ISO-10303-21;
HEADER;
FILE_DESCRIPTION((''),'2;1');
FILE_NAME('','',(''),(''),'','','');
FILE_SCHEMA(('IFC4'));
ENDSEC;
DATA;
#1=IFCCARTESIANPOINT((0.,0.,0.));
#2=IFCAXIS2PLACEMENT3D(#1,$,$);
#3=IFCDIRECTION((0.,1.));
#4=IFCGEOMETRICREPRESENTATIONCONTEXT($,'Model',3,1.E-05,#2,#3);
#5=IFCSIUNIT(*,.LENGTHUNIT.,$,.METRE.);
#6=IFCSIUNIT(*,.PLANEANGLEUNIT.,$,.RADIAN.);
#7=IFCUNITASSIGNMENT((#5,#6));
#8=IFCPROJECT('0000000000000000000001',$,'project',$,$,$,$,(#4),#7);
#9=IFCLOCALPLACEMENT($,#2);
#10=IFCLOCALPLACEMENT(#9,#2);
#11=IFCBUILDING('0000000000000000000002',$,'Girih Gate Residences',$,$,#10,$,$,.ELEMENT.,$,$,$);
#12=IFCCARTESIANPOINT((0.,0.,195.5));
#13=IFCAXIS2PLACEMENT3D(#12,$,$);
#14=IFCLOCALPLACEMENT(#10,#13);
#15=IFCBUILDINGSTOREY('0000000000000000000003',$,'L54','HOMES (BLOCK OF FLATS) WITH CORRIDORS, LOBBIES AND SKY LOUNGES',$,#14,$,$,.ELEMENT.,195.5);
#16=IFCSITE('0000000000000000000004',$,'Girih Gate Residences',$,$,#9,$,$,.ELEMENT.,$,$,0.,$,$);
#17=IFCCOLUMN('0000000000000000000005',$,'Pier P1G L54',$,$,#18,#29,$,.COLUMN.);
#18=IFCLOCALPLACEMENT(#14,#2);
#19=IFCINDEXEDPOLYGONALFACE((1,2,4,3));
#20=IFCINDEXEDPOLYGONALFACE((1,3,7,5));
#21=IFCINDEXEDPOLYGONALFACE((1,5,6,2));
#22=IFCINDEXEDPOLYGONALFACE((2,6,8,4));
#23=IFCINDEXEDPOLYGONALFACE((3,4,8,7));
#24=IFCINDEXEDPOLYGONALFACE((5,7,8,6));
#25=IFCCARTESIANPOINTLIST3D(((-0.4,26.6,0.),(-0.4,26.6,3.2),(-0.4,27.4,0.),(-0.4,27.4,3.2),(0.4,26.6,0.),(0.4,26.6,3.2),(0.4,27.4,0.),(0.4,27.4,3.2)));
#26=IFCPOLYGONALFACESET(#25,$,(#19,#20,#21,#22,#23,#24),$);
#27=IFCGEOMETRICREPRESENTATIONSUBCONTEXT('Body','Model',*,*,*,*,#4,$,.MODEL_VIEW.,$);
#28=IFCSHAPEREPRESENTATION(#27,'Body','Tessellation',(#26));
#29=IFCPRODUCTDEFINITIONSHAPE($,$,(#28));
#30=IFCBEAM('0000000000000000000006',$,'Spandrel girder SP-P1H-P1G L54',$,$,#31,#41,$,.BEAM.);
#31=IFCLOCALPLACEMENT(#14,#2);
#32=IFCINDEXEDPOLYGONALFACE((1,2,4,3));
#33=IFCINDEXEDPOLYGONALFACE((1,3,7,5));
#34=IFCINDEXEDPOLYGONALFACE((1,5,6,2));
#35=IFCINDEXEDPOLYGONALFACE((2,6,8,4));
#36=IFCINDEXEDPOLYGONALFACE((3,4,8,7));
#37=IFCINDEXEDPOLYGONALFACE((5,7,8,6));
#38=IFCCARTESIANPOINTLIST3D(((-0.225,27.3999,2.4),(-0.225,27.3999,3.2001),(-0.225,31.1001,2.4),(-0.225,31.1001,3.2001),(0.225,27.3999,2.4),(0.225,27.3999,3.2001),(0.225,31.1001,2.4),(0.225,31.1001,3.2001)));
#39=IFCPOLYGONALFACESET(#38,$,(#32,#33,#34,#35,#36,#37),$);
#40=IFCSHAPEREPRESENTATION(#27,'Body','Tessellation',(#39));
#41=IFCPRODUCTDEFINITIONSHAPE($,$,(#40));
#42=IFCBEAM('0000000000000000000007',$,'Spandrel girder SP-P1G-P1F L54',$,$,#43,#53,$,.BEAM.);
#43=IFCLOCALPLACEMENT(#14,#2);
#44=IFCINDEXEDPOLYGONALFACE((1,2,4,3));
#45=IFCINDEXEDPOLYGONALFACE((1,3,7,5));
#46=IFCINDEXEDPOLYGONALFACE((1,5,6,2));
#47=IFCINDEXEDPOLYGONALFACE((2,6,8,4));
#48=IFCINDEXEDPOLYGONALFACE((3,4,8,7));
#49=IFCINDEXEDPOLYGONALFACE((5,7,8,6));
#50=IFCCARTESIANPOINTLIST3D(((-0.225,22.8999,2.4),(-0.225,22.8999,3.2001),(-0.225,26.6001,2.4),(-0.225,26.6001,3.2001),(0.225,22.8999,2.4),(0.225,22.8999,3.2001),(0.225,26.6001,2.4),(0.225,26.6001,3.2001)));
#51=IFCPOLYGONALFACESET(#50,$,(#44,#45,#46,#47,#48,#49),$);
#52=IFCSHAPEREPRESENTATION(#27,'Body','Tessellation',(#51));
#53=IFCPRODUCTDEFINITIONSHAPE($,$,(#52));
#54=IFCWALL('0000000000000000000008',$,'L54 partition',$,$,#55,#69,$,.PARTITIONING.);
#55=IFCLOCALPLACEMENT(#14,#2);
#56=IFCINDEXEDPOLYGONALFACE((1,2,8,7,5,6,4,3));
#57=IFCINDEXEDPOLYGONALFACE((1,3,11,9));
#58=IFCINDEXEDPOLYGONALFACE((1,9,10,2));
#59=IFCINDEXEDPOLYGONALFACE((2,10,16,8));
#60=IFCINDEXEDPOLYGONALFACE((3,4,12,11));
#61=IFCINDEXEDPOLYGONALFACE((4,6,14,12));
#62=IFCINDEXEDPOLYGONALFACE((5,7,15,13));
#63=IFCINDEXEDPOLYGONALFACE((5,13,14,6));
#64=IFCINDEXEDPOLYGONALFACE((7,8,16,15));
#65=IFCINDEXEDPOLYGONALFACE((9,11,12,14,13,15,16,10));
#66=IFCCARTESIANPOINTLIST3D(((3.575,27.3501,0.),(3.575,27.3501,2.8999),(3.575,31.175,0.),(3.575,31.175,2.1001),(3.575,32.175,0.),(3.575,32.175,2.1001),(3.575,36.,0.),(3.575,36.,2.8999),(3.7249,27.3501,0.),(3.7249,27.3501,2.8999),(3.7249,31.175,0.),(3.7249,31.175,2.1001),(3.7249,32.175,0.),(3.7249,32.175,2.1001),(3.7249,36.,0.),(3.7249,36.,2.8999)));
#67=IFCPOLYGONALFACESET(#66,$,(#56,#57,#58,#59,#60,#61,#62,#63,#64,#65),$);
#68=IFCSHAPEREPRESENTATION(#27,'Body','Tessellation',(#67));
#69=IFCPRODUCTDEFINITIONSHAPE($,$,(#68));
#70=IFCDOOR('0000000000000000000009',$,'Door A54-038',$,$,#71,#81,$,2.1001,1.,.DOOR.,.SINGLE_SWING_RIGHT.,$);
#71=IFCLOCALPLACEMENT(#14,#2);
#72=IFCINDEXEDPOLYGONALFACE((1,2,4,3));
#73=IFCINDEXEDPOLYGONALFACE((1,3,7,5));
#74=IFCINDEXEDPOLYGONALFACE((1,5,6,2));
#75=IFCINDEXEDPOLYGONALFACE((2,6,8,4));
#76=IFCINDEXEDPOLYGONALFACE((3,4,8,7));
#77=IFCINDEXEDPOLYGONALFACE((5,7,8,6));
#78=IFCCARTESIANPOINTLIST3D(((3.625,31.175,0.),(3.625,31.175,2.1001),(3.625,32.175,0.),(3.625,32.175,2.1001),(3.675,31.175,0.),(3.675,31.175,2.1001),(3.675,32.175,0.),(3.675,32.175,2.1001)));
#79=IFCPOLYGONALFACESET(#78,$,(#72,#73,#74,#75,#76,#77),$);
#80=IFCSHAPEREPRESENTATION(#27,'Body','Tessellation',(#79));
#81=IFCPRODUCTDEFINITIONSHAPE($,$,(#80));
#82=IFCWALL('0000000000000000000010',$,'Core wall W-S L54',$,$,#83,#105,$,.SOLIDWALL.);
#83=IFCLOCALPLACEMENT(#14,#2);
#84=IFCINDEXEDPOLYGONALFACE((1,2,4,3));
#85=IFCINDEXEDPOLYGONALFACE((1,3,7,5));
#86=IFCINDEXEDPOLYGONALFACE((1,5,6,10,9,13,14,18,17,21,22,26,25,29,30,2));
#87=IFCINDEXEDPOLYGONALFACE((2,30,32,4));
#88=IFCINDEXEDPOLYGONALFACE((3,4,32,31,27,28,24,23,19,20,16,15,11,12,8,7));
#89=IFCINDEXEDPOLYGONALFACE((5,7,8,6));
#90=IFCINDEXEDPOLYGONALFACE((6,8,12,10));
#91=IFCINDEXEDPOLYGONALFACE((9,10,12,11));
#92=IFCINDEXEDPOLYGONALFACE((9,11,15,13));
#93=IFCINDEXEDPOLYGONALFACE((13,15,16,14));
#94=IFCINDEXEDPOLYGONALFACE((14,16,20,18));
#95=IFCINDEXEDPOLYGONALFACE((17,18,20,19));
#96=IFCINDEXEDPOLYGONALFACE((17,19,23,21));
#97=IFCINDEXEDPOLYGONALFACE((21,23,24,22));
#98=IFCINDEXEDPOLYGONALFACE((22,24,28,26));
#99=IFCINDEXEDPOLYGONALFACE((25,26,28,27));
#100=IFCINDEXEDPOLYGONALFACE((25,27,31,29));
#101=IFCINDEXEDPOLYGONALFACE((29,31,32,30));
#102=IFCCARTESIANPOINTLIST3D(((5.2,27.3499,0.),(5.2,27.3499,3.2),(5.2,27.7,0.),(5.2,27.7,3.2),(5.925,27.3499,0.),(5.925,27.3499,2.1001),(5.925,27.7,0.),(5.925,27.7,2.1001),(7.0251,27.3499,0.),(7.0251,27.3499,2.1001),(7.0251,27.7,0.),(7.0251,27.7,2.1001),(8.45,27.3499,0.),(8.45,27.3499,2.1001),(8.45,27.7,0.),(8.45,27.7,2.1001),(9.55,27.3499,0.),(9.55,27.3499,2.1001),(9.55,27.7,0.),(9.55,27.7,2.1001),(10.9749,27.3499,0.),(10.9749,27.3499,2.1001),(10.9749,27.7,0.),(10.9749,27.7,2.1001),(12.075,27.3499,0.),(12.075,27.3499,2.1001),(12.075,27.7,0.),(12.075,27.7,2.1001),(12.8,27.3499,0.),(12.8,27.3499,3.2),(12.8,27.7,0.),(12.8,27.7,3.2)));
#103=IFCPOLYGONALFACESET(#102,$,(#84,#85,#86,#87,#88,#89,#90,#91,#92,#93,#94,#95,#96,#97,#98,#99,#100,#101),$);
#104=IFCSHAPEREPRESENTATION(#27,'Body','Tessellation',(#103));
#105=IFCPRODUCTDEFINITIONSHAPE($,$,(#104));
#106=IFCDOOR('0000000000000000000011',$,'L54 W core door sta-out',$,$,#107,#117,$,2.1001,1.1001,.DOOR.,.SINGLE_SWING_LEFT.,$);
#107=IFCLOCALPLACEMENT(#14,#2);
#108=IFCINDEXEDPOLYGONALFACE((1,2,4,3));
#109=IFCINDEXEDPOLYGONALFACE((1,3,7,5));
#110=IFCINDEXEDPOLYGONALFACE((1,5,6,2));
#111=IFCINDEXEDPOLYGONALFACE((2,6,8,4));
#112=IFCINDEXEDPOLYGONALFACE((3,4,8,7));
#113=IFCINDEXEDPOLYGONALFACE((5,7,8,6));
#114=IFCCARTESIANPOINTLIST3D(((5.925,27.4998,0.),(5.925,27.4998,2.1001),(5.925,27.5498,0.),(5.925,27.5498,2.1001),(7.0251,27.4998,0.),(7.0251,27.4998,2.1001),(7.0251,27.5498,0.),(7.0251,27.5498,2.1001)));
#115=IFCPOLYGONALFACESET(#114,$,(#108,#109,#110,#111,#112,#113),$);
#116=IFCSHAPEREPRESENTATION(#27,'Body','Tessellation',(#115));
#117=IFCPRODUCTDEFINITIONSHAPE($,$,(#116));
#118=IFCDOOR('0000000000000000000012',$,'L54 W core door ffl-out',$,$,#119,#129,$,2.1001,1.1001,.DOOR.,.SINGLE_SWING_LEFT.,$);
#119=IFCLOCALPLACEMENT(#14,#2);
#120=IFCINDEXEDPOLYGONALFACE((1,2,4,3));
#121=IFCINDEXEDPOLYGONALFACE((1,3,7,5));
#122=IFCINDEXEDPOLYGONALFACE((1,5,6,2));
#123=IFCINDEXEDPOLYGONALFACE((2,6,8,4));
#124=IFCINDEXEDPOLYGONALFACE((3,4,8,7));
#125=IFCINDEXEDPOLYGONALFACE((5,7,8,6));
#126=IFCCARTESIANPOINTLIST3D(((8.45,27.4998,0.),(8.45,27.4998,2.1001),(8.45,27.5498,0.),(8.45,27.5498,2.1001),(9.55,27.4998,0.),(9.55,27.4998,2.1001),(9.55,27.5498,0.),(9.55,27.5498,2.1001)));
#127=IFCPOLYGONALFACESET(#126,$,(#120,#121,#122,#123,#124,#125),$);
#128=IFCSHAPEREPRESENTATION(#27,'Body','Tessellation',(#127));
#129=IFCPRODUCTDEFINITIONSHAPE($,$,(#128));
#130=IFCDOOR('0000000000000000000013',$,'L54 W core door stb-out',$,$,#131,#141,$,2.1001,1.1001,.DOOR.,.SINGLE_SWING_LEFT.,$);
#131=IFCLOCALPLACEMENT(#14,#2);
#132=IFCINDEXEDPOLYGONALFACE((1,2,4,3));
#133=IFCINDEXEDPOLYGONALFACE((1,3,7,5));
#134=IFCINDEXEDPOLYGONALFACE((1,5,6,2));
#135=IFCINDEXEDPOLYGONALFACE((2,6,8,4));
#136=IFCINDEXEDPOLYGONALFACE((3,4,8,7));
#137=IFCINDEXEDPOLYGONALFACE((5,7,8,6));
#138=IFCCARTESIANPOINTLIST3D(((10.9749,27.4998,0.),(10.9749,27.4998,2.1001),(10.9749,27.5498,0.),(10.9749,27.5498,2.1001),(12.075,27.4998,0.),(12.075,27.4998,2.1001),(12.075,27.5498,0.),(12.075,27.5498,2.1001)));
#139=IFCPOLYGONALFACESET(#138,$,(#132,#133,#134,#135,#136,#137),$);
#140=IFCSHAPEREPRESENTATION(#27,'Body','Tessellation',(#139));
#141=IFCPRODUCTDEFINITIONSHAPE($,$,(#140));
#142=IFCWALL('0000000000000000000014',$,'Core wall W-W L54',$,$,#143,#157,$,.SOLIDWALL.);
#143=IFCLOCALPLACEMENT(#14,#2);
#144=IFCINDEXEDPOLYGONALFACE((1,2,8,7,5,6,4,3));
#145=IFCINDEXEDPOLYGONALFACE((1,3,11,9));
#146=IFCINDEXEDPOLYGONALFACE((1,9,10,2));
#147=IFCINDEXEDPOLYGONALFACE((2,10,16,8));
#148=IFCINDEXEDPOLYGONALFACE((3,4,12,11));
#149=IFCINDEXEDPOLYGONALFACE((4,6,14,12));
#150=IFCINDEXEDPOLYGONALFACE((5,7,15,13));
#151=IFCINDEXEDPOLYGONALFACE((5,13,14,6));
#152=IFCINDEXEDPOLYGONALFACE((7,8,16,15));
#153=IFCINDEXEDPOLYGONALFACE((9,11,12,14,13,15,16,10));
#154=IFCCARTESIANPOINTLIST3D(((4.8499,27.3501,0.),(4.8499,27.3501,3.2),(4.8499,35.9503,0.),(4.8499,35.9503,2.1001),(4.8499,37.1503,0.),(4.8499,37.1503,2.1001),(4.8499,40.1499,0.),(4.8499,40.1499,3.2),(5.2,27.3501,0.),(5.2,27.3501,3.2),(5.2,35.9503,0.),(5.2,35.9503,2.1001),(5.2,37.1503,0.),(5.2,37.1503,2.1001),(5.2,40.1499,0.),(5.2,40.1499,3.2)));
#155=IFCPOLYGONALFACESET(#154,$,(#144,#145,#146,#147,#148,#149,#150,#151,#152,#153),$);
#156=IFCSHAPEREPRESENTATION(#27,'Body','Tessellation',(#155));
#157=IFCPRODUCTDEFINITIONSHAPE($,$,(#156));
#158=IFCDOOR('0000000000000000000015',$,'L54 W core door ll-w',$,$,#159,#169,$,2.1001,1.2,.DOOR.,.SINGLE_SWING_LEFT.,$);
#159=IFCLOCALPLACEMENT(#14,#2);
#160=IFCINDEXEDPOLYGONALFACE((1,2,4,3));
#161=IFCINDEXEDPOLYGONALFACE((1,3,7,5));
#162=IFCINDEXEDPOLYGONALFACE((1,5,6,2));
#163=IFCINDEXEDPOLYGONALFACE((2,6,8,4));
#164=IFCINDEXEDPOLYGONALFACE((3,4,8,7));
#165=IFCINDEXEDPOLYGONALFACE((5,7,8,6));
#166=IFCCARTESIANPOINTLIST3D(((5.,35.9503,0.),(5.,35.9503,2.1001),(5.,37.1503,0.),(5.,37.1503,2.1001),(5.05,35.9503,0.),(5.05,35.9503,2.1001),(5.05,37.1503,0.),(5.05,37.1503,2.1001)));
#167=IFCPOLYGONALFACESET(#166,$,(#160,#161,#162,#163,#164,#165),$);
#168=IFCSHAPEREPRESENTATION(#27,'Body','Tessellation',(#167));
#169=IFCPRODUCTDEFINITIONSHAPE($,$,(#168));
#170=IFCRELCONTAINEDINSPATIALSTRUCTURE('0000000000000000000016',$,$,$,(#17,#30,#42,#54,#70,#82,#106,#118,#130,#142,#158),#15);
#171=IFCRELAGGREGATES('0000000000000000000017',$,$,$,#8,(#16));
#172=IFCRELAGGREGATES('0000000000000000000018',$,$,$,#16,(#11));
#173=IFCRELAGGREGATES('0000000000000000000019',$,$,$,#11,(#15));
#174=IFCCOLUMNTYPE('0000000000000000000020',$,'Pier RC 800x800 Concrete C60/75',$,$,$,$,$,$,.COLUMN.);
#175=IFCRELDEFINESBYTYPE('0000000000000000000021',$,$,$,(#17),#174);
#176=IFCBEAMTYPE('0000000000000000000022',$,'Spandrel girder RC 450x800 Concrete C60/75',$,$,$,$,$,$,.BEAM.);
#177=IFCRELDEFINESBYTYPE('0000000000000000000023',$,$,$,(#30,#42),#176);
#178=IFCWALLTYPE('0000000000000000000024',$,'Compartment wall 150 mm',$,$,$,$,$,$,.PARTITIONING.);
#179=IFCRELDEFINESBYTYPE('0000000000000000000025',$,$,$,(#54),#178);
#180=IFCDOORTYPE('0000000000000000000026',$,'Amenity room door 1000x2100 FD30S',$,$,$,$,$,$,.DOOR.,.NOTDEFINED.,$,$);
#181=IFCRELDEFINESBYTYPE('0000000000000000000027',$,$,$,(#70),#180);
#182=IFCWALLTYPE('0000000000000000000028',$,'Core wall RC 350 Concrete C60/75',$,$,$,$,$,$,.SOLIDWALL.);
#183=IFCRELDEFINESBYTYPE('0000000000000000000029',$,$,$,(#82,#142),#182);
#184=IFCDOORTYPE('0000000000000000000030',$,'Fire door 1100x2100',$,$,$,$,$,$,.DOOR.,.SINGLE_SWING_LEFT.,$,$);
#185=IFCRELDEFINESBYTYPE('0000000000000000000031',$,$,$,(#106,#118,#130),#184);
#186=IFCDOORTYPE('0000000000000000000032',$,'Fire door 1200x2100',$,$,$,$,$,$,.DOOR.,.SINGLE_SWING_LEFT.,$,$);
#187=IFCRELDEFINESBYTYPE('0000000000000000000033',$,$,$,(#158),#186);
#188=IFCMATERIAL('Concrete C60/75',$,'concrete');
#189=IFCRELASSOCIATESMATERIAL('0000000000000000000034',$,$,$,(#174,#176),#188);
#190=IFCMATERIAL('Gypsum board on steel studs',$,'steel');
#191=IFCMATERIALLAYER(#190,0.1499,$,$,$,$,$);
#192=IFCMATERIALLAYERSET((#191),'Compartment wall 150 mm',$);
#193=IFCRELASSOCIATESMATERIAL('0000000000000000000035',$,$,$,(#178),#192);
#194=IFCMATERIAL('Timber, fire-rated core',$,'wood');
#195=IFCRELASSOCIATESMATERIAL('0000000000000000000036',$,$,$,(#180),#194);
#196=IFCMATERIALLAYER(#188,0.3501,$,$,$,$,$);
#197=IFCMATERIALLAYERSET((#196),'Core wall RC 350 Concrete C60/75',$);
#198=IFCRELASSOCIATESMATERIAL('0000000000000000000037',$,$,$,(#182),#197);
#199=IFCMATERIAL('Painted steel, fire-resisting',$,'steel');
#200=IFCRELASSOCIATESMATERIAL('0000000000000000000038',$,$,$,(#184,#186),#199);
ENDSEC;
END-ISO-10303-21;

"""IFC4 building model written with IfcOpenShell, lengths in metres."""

from ifc_helpers import new_model, si_unit, direction, frame, frame_2d, origin, origin_2d, place, context, subcontext, project, spatial, rectangle, extrude, material, layer, layer_set, material_profile, profile_set, type_object, element, fill, save


model = new_model("IFC4")

# Units and contexts
model_context = context("Model", 3, precision=1e-05, world=origin(), true_north=direction((0.0, 1.0)))
body_context = subcontext(model_context, "Body", "Model", "MODEL_VIEW")
ifc_project = project(units=[si_unit("LENGTHUNIT", "METRE"), si_unit("PLANEANGLEUNIT", "RADIAN")], contexts=[model_context])

# Site, building, storey
site_placement = place(None, origin())
site = spatial("IfcSite", under=ifc_project, at=site_placement, Name="Girih Gate Residences", CompositionType="ELEMENT", RefElevation=0.0)
building_placement = place(site_placement, origin())
building = spatial("IfcBuilding", under=site, at=building_placement, Name="Girih Gate Residences", CompositionType="ELEMENT")
storey_placement = place(building_placement, frame((0.0, 0.0, 195.5)))
storey = spatial("IfcBuildingStorey", under=building, at=storey_placement, Name="L54", Description="HOMES (BLOCK OF FLATS) WITH CORRIDORS, LOBBIES AND SKY LOUNGES", CompositionType="ELEMENT", Elevation=195.5)

# Column
ifc_material_1 = material(Name="Concrete C60/75", Category="concrete")
ifc_material_profile_1 = material_profile(ifc_material_1, rectangle(XDim=0.8, YDim=0.8, at=origin_2d()))
ifc_profile_set_1 = profile_set([ifc_material_profile_1], Name="Concrete C60/75")
column_type = type_object("IfcColumnType", Name="Pier RC 800x800 Concrete C60/75", PredefinedType="COLUMN", material=ifc_profile_set_1)
column_placement = place(storey_placement, frame((0.0, 27.0, 0.0), z_axis=(0.0, 0.0, 1.0), x_axis=(1.0, 0.0, 0.0)))
element("IfcColumn", 1, at=column_placement, inside=storey, type_object=column_type, Name="Pier P1G L54", PredefinedType="COLUMN", context=body_context, shape_type="SweptSolid", body=[
    extrude(rectangle(XDim=0.8, YDim=0.8, at=origin_2d()), origin(), (0.0, 0.0, 1.0), 3.2),
])

# Beams
ifc_material_profile_2 = material_profile(ifc_material_1, rectangle(XDim=0.45, YDim=0.8, at=origin_2d()))
ifc_profile_set_2 = profile_set([ifc_material_profile_2], Name="Concrete C60/75")
beam_type = type_object("IfcBeamType", Name="Spandrel girder RC 450x800 Concrete C60/75", PredefinedType="BEAM", material=ifc_profile_set_2)
for number, where, z_axis, x_axis, name in (
    (2, (0.0, 31.1001, 2.8), (0.0, -1.0, 0.0), (1.0, 0.0, 0.0), "Spandrel girder SP-P1H-P1G L54"),
    (3, (0.0, 26.6001, 2.8), (0.0, -1.0, 0.0), (1.0, 0.0, 0.0), "Spandrel girder SP-P1G-P1F L54"),
):
    element("IfcBeam", number, at=place(storey_placement, frame(where, z_axis=z_axis, x_axis=x_axis)), inside=storey, type_object=beam_type, Name=name, PredefinedType="BEAM", context=body_context, shape_type="SweptSolid", body=[
        extrude(rectangle(XDim=0.45, YDim=0.8, at=origin_2d()), origin(), (0.0, 0.0, 1.0), 3.7002),
    ])

# Wall, opening, door
ifc_material_2 = material(Name="Gypsum board on steel studs", Category="steel")
ifc_layer_1 = layer(ifc_material_2, 0.1499)
ifc_layer_set_1 = layer_set([ifc_layer_1], Name="Compartment wall 150 mm")
wall_type_1 = type_object("IfcWallType", Name="Compartment wall 150 mm", PredefinedType="PARTITIONING", material=ifc_layer_set_1)
wall_1_placement = place(storey_placement, frame((3.6499, 27.3501, 0.0), z_axis=(0.0, 0.0, 1.0), x_axis=(0.0, 1.0, 0.0)))
wall_1 = element("IfcWall", 4, at=wall_1_placement, inside=storey, type_object=wall_type_1, Name="L54 partition", PredefinedType="PARTITIONING", context=body_context, shape_type="SweptSolid", body=[
    extrude(rectangle(XDim=8.6499, YDim=0.1499, at=frame_2d((4.325, 0.0))), origin(), (0.0, 0.0, 1.0), 2.8999),
])
opening_1_placement = place(wall_1_placement, frame((3.825, 0.0, 0.0)))
opening_1 = element("IfcOpeningElement", 5, at=opening_1_placement, cuts=wall_1, PredefinedType="OPENING", context=body_context, shape_type="SweptSolid", body=[
    extrude(rectangle(XDim=1.0, YDim=2.1001, at=frame_2d((0.5, 1.05))), frame((0.0, 0.085, 0.0), z_axis=(0.0, -1.0, 0.0), x_axis=(1.0, 0.0, 0.0)), (0.0, 0.0, 1.0), 0.1699),
])
ifc_material_3 = material(Name="Timber, fire-rated core", Category="wood")
door_type_1 = type_object("IfcDoorType", Name="Amenity room door 1000x2100 FD30S", OperationType="NOTDEFINED", PredefinedType="DOOR", material=ifc_material_3)
door_1_placement = place(opening_1_placement, origin())
door_1 = element("IfcDoor", 6, at=door_1_placement, inside=storey, type_object=door_type_1, Name="Door A54-038", OperationType="SINGLE_SWING_RIGHT", OverallHeight=2.1001, OverallWidth=1.0, PredefinedType="DOOR", context=body_context, shape_type="SweptSolid", body=[
    extrude(rectangle(XDim=1.0, YDim=2.1001, at=frame_2d((0.5, 1.05))), frame((0.0, 0.0249, 0.0), z_axis=(0.0, -1.0, 0.0), x_axis=(1.0, 0.0, 0.0)), (0.0, 0.0, 1.0), 0.05),
])
fill(opening_1, door_1)

# Wall, openings, doors
ifc_layer_2 = layer(ifc_material_1, 0.3501)
ifc_layer_set_2 = layer_set([ifc_layer_2], Name="Core wall RC 350 Concrete C60/75")
wall_type_2 = type_object("IfcWallType", Name="Core wall RC 350 Concrete C60/75", PredefinedType="SOLIDWALL", material=ifc_layer_set_2)
wall_2_placement = place(storey_placement, frame((5.2, 27.5249, 0.0), z_axis=(0.0, 0.0, 1.0), x_axis=(1.0, 0.0, 0.0)))
wall_2 = element("IfcWall", 7, at=wall_2_placement, inside=storey, type_object=wall_type_2, Name="Core wall W-S L54", PredefinedType="SOLIDWALL", context=body_context, shape_type="SweptSolid", body=[
    extrude(rectangle(XDim=7.6001, YDim=0.3501, at=frame_2d((3.8, 0.0))), origin(), (0.0, 0.0, 1.0), 3.2),
])
opening_2_placement = place(wall_2_placement, frame((0.7251, 0.0, 0.0)))
opening_2 = element("IfcOpeningElement", 8, at=opening_2_placement, cuts=wall_2, PredefinedType="OPENING", context=body_context, shape_type="SweptSolid", body=[
    extrude(rectangle(XDim=1.1001, YDim=2.1001, at=frame_2d((0.55, 1.05))), frame((0.0, 0.1851, 0.0), z_axis=(0.0, -1.0, 0.0), x_axis=(1.0, 0.0, 0.0)), (0.0, 0.0, 1.0), 0.3701),
])
opening_3_placement = place(wall_2_placement, frame((3.25, 0.0, 0.0)))
opening_3 = element("IfcOpeningElement", 9, at=opening_3_placement, cuts=wall_2, PredefinedType="OPENING", context=body_context, shape_type="SweptSolid", body=[
    extrude(rectangle(XDim=1.1001, YDim=2.1001, at=frame_2d((0.55, 1.05))), frame((0.0, 0.1851, 0.0), z_axis=(0.0, -1.0, 0.0), x_axis=(1.0, 0.0, 0.0)), (0.0, 0.0, 1.0), 0.3701),
])
opening_4_placement = place(wall_2_placement, frame((5.7749, 0.0, 0.0)))
opening_4 = element("IfcOpeningElement", 10, at=opening_4_placement, cuts=wall_2, PredefinedType="OPENING", context=body_context, shape_type="SweptSolid", body=[
    extrude(rectangle(XDim=1.1001, YDim=2.1001, at=frame_2d((0.55, 1.05))), frame((0.0, 0.1851, 0.0), z_axis=(0.0, -1.0, 0.0), x_axis=(1.0, 0.0, 0.0)), (0.0, 0.0, 1.0), 0.3701),
])
ifc_material_4 = material(Name="Painted steel, fire-resisting", Category="steel")
door_type_2 = type_object("IfcDoorType", Name="Fire door 1100x2100", OperationType="SINGLE_SWING_LEFT", PredefinedType="DOOR", material=ifc_material_4)
door_2_placement = place(opening_2_placement, origin())
door_2 = element("IfcDoor", 11, at=door_2_placement, inside=storey, type_object=door_type_2, Name="L54 W core door sta-out", OperationType="SINGLE_SWING_LEFT", OverallHeight=2.1001, OverallWidth=1.1001, PredefinedType="DOOR", context=body_context, shape_type="SweptSolid", body=[
    extrude(rectangle(XDim=1.1001, YDim=2.1001, at=frame_2d((0.55, 1.05))), frame((0.0, 0.0249, 0.0), z_axis=(0.0, -1.0, 0.0), x_axis=(1.0, 0.0, 0.0)), (0.0, 0.0, 1.0), 0.05),
])
fill(opening_2, door_2)
door_3_placement = place(opening_3_placement, origin())
door_3 = element("IfcDoor", 12, at=door_3_placement, inside=storey, type_object=door_type_2, Name="L54 W core door ffl-out", OperationType="SINGLE_SWING_LEFT", OverallHeight=2.1001, OverallWidth=1.1001, PredefinedType="DOOR", context=body_context, shape_type="SweptSolid", body=[
    extrude(rectangle(XDim=1.1001, YDim=2.1001, at=frame_2d((0.55, 1.05))), frame((0.0, 0.0249, 0.0), z_axis=(0.0, -1.0, 0.0), x_axis=(1.0, 0.0, 0.0)), (0.0, 0.0, 1.0), 0.05),
])
fill(opening_3, door_3)
door_4_placement = place(opening_4_placement, origin())
door_4 = element("IfcDoor", 13, at=door_4_placement, inside=storey, type_object=door_type_2, Name="L54 W core door stb-out", OperationType="SINGLE_SWING_LEFT", OverallHeight=2.1001, OverallWidth=1.1001, PredefinedType="DOOR", context=body_context, shape_type="SweptSolid", body=[
    extrude(rectangle(XDim=1.1001, YDim=2.1001, at=frame_2d((0.55, 1.05))), frame((0.0, 0.0249, 0.0), z_axis=(0.0, -1.0, 0.0), x_axis=(1.0, 0.0, 0.0)), (0.0, 0.0, 1.0), 0.05),
])
fill(opening_4, door_4)

# Wall, opening, door
wall_3_placement = place(storey_placement, frame((5.0249, 27.3501, 0.0), z_axis=(0.0, 0.0, 1.0), x_axis=(0.0, 1.0, 0.0)))
wall_3 = element("IfcWall", 14, at=wall_3_placement, inside=storey, type_object=wall_type_2, Name="Core wall W-W L54", PredefinedType="SOLIDWALL", context=body_context, shape_type="SweptSolid", body=[
    extrude(rectangle(XDim=12.7998, YDim=0.3501, at=frame_2d((6.3999, 0.0))), origin(), (0.0, 0.0, 1.0), 3.2),
])
opening_5_placement = place(wall_3_placement, frame((8.6001, 0.0, 0.0)))
opening_5 = element("IfcOpeningElement", 15, at=opening_5_placement, cuts=wall_3, PredefinedType="OPENING", context=body_context, shape_type="SweptSolid", body=[
    extrude(rectangle(XDim=1.2, YDim=2.1001, at=frame_2d((0.6001, 1.05))), frame((0.0, 0.1851, 0.0), z_axis=(0.0, -1.0, 0.0), x_axis=(1.0, 0.0, 0.0)), (0.0, 0.0, 1.0), 0.3701),
])
door_type_3 = type_object("IfcDoorType", Name="Fire door 1200x2100", OperationType="SINGLE_SWING_LEFT", PredefinedType="DOOR", material=ifc_material_4)
door_5_placement = place(opening_5_placement, origin())
door_5 = element("IfcDoor", 16, at=door_5_placement, inside=storey, type_object=door_type_3, Name="L54 W core door ll-w", OperationType="SINGLE_SWING_LEFT", OverallHeight=2.1001, OverallWidth=1.2, PredefinedType="DOOR", context=body_context, shape_type="SweptSolid", body=[
    extrude(rectangle(XDim=1.2, YDim=2.1001, at=frame_2d((0.6001, 1.05))), frame((0.0, 0.0249, 0.0), z_axis=(0.0, -1.0, 0.0), x_axis=(1.0, 0.0, 0.0)), (0.0, 0.0, 1.0), 0.05),
])
fill(opening_5, door_5)

save(model, "model.ifc")
